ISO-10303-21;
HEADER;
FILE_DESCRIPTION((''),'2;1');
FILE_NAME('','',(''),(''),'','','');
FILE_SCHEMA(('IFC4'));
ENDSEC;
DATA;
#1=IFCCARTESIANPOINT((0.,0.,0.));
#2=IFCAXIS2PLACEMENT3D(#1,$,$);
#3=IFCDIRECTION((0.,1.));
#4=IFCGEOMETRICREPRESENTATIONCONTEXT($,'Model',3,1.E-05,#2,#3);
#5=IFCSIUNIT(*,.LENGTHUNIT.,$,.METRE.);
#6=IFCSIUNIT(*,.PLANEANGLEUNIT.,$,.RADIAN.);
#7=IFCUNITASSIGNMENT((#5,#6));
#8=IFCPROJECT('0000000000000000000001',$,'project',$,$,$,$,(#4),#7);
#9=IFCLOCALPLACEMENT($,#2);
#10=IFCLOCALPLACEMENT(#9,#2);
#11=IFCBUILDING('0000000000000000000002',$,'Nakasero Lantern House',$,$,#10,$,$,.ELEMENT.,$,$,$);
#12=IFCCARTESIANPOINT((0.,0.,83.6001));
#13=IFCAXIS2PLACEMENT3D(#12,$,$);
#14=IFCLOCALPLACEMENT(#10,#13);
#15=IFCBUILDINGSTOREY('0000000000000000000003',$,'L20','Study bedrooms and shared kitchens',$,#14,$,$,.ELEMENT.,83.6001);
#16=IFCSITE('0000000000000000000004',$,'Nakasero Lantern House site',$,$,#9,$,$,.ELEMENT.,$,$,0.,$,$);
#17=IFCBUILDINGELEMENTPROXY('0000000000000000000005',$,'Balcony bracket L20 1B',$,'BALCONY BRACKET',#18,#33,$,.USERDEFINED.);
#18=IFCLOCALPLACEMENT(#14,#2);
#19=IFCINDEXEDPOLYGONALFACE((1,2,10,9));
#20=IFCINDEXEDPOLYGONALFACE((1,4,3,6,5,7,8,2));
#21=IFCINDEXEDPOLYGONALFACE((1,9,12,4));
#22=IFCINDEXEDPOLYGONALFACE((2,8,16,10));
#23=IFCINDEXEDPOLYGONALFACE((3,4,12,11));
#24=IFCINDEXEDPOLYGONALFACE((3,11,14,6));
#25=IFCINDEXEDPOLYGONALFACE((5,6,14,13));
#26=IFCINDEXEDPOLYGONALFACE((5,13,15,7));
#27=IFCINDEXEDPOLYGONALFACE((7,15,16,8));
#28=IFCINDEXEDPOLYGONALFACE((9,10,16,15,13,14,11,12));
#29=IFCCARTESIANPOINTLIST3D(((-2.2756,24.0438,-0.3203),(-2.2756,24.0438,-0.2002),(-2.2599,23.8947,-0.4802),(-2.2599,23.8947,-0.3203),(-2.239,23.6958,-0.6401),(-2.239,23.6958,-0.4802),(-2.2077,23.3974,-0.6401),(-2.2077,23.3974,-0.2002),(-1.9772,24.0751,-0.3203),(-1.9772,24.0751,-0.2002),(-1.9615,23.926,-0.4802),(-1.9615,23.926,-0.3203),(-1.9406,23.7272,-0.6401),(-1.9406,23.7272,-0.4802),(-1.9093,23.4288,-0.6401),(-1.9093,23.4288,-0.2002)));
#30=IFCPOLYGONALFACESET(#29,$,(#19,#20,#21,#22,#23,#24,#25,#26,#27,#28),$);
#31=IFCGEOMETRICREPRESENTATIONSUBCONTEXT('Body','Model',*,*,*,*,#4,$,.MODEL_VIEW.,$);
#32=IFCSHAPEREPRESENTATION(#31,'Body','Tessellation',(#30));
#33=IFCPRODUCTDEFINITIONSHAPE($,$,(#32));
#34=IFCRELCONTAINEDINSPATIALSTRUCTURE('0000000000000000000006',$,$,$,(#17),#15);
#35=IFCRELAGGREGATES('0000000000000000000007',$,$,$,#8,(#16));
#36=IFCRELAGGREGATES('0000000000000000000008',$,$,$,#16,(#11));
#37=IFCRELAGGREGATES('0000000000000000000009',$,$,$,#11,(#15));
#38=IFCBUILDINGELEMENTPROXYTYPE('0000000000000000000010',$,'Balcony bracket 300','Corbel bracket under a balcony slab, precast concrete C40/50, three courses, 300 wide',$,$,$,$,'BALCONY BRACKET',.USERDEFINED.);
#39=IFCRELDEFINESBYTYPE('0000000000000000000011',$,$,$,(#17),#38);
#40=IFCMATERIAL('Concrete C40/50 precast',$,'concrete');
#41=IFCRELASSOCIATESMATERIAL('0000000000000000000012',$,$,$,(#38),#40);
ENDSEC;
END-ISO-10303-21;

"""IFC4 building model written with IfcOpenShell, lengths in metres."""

from ifc_helpers import new_model, si_unit, direction, frame, origin, place, context, subcontext, project, spatial, polyline, outline, extrude, material, type_object, element, save


model = new_model("IFC4")

# Units and contexts
model_context = context("Model", 3, precision=1e-05, world=origin(), true_north=direction((0.0, 1.0)))
body_context = subcontext(model_context, "Body", "Model", "MODEL_VIEW")
ifc_project = project(units=[si_unit("LENGTHUNIT", "METRE"), si_unit("PLANEANGLEUNIT", "RADIAN")], contexts=[model_context])

# Site, building, storey
site_placement = place(None, origin())
site = spatial("IfcSite", under=ifc_project, at=site_placement, Name="Nakasero Lantern House site", CompositionType="ELEMENT", RefElevation=0.0)
building_placement = place(site_placement, origin())
building = spatial("IfcBuilding", under=site, at=building_placement, Name="Nakasero Lantern House", CompositionType="ELEMENT")
storey_placement = place(building_placement, frame((0.0, 0.0, 83.6001)))
storey = spatial("IfcBuildingStorey", under=building, at=storey_placement, Name="L20", Description="Study bedrooms and shared kitchens", CompositionType="ELEMENT", Elevation=83.6001)

# Building element proxy
ifc_material_1 = material(Name="Concrete C40/50 precast", Category="concrete")
building_element_proxy_type = type_object("IfcBuildingElementProxyType", Name="Balcony bracket 300", Description="Corbel bracket under a balcony slab, precast concrete C40/50, three courses, 300 wide", ElementType="BALCONY BRACKET", PredefinedType="USERDEFINED", material=ifc_material_1)
for number, where, z_axis, x_axis, name in (
    (1, (-2.0586, 23.4131, -0.2002), (0.0, 0.0, 1.0), (-0.104528, 0.994522, 0.0), "Balcony bracket L20 1B"),
):
    element("IfcBuildingElementProxy", number, at=place(storey_placement, frame(where, z_axis=z_axis, x_axis=x_axis)), inside=storey, type_object=building_element_proxy_type, Name=name, ObjectType="BALCONY BRACKET", PredefinedType="USERDEFINED", context=body_context, shape_type="SweptSolid", body=[
        extrude(outline(polyline([(0.0, 0.0), (0.6499, 0.0), (0.6499, -0.1201), (0.5, -0.1201), (0.5, -0.28), (0.3, -0.28), (0.3, -0.4399), (0.0, -0.4399), (0.0, 0.0)])), frame((0.0, 0.1499, 0.0), z_axis=(0.0, -1.0, 0.0), x_axis=(1.0, 0.0, 0.0)), (0.0, 0.0, 1.0), 0.3),
    ])

save(model, "model.ifc")
